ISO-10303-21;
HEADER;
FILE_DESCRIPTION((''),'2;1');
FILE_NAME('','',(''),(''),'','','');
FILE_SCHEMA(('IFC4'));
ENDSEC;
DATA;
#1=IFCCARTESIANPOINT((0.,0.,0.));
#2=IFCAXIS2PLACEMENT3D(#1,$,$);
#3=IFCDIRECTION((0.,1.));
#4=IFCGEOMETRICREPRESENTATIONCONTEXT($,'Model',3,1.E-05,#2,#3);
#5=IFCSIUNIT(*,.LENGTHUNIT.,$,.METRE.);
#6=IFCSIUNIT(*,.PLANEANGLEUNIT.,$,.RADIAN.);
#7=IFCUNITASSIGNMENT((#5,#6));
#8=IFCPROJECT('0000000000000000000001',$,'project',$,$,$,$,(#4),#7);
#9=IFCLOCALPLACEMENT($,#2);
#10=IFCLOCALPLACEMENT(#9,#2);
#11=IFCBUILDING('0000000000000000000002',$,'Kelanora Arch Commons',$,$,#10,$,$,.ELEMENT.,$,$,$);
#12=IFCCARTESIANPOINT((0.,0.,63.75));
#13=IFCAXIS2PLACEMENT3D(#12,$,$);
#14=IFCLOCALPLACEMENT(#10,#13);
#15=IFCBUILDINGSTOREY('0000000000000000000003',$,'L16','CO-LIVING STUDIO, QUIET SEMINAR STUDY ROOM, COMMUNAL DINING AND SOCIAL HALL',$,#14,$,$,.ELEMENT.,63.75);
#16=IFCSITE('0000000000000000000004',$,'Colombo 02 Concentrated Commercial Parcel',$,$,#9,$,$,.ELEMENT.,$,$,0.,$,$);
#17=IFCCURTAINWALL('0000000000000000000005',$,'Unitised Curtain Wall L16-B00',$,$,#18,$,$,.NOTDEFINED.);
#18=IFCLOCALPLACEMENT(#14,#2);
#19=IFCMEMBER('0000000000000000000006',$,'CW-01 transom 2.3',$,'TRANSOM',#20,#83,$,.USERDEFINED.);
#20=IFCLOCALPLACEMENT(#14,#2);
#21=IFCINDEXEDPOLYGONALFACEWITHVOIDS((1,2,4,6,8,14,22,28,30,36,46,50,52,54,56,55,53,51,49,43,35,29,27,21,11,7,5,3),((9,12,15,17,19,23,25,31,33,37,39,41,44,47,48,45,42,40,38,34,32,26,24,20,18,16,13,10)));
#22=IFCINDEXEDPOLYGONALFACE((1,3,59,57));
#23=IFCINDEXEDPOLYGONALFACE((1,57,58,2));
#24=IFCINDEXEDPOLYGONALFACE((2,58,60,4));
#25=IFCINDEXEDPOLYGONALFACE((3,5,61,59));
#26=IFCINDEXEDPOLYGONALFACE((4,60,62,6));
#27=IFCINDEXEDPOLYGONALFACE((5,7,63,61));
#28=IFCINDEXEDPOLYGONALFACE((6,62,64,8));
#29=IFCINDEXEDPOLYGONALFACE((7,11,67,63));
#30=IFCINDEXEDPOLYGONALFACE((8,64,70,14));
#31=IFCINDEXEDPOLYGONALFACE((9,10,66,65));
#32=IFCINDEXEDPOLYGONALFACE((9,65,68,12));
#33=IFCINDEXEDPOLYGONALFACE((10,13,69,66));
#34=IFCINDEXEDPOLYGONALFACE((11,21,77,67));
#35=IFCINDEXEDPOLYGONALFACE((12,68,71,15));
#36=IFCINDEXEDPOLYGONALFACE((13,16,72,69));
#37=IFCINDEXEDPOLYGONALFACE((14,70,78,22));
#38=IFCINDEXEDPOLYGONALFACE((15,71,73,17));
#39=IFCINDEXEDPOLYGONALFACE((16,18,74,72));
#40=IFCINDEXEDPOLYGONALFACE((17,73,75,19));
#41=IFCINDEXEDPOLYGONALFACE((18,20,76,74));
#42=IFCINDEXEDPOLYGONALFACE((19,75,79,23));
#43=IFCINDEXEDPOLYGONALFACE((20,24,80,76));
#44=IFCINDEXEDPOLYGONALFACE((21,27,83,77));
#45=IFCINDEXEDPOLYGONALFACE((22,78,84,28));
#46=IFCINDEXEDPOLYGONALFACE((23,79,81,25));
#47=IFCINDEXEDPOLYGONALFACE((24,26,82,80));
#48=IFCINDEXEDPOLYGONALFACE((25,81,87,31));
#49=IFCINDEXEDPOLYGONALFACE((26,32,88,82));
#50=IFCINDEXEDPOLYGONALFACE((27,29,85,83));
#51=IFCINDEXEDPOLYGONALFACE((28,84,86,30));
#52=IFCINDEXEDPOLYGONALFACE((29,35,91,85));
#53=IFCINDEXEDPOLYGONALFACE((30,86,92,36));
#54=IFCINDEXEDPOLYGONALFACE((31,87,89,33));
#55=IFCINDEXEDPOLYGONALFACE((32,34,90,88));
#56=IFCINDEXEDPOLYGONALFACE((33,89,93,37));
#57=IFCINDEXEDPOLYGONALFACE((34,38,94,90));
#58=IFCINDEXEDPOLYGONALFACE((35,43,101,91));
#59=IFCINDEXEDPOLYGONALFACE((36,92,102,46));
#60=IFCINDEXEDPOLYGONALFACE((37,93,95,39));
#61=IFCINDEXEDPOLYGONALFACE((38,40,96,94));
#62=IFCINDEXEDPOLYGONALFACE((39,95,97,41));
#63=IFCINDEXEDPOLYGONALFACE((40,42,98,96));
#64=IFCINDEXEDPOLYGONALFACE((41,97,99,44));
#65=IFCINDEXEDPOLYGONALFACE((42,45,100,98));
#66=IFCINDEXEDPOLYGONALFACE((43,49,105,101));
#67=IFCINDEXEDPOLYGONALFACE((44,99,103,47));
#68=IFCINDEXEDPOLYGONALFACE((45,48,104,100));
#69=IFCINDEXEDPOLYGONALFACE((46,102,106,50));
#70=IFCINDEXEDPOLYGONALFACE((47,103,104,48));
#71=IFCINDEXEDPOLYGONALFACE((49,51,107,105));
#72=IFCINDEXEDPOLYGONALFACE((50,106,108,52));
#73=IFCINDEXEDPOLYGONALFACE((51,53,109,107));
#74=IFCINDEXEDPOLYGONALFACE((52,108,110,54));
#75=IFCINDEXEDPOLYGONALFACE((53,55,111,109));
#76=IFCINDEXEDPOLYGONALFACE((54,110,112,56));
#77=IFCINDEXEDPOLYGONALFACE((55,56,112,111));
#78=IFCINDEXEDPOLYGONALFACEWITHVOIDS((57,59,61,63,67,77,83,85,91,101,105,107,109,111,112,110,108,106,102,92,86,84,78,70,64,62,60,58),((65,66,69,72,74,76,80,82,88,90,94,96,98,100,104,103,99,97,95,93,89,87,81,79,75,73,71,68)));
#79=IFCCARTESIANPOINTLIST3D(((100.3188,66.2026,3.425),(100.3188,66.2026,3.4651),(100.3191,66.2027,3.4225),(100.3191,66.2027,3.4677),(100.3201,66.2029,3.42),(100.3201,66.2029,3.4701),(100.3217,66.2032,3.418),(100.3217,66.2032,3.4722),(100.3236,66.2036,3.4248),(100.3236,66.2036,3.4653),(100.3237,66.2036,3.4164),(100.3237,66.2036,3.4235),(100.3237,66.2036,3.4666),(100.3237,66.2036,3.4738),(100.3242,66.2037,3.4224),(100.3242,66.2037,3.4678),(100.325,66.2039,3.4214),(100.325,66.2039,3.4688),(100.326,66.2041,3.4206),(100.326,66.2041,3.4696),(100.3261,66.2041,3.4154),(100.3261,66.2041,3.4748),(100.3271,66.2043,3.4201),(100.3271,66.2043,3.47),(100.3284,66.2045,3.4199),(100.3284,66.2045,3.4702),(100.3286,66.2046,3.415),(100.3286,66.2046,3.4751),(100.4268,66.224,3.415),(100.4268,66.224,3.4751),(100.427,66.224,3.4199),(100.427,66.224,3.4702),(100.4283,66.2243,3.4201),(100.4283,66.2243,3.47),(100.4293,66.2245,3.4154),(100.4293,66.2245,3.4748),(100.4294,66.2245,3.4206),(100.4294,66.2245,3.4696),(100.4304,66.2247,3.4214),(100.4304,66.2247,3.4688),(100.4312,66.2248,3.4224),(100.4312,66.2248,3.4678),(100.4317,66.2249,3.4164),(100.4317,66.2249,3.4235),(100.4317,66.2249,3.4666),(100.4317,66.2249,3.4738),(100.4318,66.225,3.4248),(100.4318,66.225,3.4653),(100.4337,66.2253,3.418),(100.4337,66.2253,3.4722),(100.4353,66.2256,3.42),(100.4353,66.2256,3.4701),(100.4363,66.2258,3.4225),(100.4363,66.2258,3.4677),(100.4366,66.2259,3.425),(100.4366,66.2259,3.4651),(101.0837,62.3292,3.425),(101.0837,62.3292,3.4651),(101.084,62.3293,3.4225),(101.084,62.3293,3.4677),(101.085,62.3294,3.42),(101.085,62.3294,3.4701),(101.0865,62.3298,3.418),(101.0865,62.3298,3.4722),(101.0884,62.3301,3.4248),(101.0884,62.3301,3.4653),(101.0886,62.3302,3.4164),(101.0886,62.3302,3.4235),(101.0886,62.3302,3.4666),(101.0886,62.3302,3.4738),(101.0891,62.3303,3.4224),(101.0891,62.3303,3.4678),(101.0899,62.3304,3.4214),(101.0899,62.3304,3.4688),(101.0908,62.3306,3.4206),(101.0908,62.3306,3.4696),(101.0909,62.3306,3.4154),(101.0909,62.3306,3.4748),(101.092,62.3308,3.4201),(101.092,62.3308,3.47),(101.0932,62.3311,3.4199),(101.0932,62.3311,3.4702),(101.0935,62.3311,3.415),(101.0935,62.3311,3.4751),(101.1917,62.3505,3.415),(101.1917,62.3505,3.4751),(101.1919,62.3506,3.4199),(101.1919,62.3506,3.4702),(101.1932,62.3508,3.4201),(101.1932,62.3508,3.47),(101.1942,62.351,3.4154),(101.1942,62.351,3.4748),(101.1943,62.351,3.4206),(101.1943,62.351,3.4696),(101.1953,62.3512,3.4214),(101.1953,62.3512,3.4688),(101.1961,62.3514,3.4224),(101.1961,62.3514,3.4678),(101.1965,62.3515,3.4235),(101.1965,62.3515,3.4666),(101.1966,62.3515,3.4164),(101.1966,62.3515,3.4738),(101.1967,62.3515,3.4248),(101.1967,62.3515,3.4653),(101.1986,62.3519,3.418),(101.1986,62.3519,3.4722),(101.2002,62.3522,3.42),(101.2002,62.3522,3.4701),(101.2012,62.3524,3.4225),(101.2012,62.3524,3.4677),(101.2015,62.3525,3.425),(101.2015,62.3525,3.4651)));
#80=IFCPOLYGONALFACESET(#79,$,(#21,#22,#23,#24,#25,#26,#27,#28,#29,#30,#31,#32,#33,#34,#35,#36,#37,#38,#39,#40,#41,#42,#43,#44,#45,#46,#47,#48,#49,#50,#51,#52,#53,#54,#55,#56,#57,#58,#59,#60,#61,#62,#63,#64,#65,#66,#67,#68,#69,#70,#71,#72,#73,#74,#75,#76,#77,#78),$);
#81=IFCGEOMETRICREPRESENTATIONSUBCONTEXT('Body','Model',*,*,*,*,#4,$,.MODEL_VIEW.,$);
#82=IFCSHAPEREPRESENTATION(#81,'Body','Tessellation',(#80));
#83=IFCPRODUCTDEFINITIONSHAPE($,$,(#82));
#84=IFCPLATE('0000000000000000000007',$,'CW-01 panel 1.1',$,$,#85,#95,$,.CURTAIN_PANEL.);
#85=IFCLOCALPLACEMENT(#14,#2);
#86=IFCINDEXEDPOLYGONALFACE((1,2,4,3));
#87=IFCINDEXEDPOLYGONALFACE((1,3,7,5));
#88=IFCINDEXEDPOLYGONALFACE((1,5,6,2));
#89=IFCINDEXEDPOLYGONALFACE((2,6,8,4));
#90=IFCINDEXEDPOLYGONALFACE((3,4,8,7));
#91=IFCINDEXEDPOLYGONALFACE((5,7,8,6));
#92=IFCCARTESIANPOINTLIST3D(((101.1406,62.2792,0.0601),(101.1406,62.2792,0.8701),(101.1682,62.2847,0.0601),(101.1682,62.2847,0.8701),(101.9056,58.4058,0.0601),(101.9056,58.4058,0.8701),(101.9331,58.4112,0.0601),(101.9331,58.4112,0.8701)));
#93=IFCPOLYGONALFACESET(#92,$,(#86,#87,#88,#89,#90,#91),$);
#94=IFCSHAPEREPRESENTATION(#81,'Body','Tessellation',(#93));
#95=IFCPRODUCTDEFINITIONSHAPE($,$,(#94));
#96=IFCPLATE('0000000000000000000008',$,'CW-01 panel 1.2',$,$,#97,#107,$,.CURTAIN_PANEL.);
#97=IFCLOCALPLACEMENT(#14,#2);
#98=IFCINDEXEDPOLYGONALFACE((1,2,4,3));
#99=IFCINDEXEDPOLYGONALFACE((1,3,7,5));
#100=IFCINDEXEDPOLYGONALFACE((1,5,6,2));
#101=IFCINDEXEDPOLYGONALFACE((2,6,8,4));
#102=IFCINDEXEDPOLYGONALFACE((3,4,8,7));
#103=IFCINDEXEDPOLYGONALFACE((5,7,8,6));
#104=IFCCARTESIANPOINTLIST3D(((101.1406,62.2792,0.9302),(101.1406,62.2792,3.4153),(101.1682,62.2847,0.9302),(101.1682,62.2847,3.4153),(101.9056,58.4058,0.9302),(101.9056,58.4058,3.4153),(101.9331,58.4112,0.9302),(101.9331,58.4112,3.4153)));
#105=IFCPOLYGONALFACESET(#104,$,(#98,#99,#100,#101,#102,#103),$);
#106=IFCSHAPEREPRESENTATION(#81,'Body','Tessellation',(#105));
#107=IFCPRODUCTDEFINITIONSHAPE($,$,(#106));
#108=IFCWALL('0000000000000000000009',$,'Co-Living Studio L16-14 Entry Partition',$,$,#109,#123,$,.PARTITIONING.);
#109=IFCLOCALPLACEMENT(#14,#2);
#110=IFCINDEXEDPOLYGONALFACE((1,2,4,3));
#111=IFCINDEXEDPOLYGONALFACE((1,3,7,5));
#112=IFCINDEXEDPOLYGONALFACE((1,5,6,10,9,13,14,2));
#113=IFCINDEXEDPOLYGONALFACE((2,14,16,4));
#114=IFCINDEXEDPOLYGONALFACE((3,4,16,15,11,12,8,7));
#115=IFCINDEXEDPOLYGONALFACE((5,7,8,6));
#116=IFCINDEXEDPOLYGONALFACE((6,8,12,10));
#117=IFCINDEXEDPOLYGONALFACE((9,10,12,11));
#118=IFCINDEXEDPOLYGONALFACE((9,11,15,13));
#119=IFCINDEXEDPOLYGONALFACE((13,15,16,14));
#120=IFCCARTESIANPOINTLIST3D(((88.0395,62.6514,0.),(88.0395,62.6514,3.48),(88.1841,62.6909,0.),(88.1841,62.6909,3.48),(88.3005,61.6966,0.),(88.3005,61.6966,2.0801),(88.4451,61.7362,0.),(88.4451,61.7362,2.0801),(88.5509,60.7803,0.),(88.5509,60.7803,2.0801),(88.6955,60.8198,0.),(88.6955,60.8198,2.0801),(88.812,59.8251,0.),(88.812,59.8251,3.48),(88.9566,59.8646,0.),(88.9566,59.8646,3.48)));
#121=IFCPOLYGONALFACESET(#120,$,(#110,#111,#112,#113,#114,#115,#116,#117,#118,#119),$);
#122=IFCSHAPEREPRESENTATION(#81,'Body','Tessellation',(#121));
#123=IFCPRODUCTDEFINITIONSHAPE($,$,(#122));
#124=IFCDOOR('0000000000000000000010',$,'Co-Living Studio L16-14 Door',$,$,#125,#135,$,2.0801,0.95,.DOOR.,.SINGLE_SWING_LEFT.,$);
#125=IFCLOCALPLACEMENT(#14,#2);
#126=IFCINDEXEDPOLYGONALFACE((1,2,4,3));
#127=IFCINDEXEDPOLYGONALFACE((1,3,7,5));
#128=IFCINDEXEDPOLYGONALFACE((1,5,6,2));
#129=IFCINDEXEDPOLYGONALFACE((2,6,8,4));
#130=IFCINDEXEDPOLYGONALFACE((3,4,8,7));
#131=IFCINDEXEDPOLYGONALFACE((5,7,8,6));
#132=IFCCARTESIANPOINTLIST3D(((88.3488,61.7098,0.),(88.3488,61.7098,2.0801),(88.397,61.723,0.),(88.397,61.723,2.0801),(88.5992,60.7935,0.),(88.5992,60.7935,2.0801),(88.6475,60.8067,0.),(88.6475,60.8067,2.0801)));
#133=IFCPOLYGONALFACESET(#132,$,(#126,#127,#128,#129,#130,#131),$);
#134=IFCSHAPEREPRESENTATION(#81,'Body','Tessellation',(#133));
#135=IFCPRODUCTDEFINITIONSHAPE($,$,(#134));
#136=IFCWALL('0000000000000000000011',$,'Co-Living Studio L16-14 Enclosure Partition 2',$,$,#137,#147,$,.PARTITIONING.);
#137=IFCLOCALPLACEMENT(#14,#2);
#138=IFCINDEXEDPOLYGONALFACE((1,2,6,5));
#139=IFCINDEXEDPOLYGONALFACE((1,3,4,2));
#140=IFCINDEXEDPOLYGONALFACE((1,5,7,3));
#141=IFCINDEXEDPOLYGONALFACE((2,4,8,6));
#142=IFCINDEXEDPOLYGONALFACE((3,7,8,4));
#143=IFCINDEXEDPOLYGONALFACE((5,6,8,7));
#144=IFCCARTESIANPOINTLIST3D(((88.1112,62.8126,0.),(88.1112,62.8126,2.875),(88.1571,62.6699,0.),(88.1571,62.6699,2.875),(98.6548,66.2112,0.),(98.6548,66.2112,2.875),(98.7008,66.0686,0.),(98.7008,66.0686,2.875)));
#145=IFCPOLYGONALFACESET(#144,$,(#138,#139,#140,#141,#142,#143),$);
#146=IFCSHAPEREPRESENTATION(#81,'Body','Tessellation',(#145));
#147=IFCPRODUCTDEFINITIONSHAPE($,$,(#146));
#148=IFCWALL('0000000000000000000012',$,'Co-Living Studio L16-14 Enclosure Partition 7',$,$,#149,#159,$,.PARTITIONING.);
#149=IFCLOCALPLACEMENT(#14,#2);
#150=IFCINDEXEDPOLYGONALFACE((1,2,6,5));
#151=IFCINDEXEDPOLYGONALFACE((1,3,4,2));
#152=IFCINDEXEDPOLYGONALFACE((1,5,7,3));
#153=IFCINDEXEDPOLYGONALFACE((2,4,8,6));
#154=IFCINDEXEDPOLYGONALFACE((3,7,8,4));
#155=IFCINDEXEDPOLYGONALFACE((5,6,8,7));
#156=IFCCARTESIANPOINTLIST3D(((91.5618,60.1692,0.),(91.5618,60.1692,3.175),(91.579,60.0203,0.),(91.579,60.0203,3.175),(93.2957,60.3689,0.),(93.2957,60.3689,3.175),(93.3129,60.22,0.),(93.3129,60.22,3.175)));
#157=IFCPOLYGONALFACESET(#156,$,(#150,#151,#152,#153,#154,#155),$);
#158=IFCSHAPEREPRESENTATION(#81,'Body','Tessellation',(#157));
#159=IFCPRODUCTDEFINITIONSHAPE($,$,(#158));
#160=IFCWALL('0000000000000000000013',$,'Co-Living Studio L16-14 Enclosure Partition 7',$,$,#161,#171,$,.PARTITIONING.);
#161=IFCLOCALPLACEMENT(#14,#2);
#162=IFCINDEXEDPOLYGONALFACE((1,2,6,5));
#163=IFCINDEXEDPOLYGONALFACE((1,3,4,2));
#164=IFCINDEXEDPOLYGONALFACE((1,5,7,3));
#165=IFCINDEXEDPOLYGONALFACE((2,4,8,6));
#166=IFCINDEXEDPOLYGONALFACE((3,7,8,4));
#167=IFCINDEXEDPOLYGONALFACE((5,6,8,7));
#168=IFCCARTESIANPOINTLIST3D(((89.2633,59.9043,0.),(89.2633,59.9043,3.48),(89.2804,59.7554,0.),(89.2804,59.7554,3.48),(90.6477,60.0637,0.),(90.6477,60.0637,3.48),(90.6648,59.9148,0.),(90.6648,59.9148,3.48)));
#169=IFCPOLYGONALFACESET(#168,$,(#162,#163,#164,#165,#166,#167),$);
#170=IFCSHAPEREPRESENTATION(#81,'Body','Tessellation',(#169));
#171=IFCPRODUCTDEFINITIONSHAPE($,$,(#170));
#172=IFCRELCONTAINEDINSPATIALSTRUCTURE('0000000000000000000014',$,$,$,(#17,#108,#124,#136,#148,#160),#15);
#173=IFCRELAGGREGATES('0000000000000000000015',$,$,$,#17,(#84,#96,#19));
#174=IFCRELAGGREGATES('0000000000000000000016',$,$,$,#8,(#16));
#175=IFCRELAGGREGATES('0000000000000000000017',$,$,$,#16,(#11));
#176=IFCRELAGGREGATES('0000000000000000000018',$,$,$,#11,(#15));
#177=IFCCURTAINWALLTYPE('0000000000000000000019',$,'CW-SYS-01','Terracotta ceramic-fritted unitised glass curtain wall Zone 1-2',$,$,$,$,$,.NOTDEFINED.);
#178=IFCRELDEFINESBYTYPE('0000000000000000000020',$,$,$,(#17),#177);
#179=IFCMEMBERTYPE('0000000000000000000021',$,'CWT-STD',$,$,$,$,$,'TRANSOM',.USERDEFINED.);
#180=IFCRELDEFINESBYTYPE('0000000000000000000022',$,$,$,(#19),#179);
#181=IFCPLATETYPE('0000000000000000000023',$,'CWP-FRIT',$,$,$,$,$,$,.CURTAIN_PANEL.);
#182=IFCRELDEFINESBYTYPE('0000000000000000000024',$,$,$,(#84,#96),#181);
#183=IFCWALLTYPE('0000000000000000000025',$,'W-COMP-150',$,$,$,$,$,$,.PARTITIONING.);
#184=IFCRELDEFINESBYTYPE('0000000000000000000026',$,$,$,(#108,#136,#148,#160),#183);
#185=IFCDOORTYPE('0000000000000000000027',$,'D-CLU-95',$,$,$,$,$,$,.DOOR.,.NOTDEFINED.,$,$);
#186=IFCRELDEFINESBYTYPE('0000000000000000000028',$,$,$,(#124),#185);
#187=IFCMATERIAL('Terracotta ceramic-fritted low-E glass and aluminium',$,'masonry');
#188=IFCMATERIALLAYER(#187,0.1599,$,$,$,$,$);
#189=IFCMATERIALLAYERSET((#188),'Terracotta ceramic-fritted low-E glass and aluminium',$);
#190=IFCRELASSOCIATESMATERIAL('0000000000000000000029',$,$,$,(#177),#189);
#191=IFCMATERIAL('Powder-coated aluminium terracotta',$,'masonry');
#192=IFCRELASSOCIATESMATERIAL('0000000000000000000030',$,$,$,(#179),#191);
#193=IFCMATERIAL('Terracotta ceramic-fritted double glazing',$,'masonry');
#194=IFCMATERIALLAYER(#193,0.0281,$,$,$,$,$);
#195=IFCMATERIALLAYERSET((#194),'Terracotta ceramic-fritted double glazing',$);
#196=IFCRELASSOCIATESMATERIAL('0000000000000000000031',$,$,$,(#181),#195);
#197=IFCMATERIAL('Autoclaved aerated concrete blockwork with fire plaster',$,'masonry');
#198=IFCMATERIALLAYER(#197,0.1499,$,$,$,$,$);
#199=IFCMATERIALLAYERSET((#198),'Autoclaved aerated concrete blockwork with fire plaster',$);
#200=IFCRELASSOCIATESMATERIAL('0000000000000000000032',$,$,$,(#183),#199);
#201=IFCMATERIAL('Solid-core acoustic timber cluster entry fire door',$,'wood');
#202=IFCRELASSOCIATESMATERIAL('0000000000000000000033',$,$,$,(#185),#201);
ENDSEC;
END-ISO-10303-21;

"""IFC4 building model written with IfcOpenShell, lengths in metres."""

from ifc_helpers import new_model, si_unit, direction, frame, frame_2d, origin, origin_2d, place, context, subcontext, project, spatial, rectangle, hollow_rectangle, extrude, source, transform, mapped, material, layer, layer_set, material_profile, profile_set, type_object, element, fill, aggregate, save


model = new_model("IFC4")

# Units and contexts
model_context = context("Model", 3, precision=1e-05, world=origin(), true_north=direction((0.0, 1.0)))
body_context = subcontext(model_context, "Body", "Model", "MODEL_VIEW")
ifc_project = project(units=[si_unit("LENGTHUNIT", "METRE"), si_unit("PLANEANGLEUNIT", "RADIAN")], contexts=[model_context])

# Site, building, storey
site_placement = place(None, origin())
site = spatial("IfcSite", under=ifc_project, at=site_placement, Name="Colombo 02 Concentrated Commercial Parcel", CompositionType="ELEMENT", RefElevation=0.0)
building_placement = place(site_placement, origin())
building = spatial("IfcBuilding", under=site, at=building_placement, Name="Kelanora Arch Commons", CompositionType="ELEMENT")
storey_placement = place(building_placement, frame((0.0, 0.0, 63.75)))
storey = spatial("IfcBuildingStorey", under=building, at=storey_placement, Name="L16", Description="CO-LIVING STUDIO, QUIET SEMINAR STUDY ROOM, COMMUNAL DINING AND SOCIAL HALL", CompositionType="ELEMENT", Elevation=63.75)

# Curtain wall, member, plates
ifc_material_1 = material(Name="Terracotta ceramic-fritted low-E glass and aluminium", Category="masonry")
ifc_layer_1 = layer(ifc_material_1, 0.1599)
ifc_layer_set_1 = layer_set([ifc_layer_1], Name="Terracotta ceramic-fritted low-E glass and aluminium")
curtain_wall_type = type_object("IfcCurtainWallType", Name="CW-SYS-01", Description="Terracotta ceramic-fritted unitised glass curtain wall Zone 1-2", PredefinedType="NOTDEFINED", material=ifc_layer_set_1)
curtain_wall_placement = place(storey_placement, origin())
curtain_wall = element("IfcCurtainWall", 1, at=curtain_wall_placement, inside=storey, type_object=curtain_wall_type, Name="Unitised Curtain Wall L16-B00", PredefinedType="NOTDEFINED")
ifc_material_2 = material(Name="Powder-coated aluminium terracotta", Category="masonry")
ifc_material_profile_1 = material_profile(ifc_material_2, hollow_rectangle(XDim=0.1201, YDim=0.0601, WallThickness=0.0049, InnerFilletRadius=0.0049, OuterFilletRadius=0.01, at=origin_2d()), Name="CWT120x60")
ifc_profile_set_1 = profile_set([ifc_material_profile_1], Name="Powder-coated aluminium terracotta")
member_type_1 = type_object("IfcMemberType", Name="CWT-STD", ElementType="TRANSOM", PredefinedType="USERDEFINED", material=ifc_profile_set_1)
member_1_placement = place(storey_placement, frame((101.1426, 62.3408, 3.4451), z_axis=(-0.193725, 0.981056, 0.0), x_axis=(-0.981056, -0.193725, 0.0)))
member_1 = element("IfcMember", 2, at=member_1_placement, type_object=member_type_1, Name="CW-01 transom 2.3", ObjectType="TRANSOM", PredefinedType="USERDEFINED", context=body_context, shape_type="SweptSolid", body=[
    extrude(hollow_rectangle(XDim=0.1201, YDim=0.0601, WallThickness=0.0049, InnerFilletRadius=0.0049, OuterFilletRadius=0.01, at=origin_2d()), origin(), (0.0, 0.0, 1.0), 3.9482),
])
ifc_material_3 = material(Name="Terracotta ceramic-fritted double glazing", Category="masonry")
ifc_layer_2 = layer(ifc_material_3, 0.0281)
ifc_layer_set_2 = layer_set([ifc_layer_2], Name="Terracotta ceramic-fritted double glazing")
plate_type = type_object("IfcPlateType", Name="CWP-FRIT", PredefinedType="CURTAIN_PANEL", material=ifc_layer_set_2)
shared_shape_1 = source(origin(), body_context, "Body", "SweptSolid", [
    extrude(rectangle(XDim=3.9482, YDim=0.0281, at=origin_2d()), origin(), (0.0, 0.0, 1.0), 0.8101),
])
plate_1_placement = place(storey_placement, frame((101.5369, 60.3452, 0.0601), z_axis=(0.0, 0.0, 1.0), x_axis=(-0.193744, 0.981052, 0.0)))
plate_1 = element("IfcPlate", 3, at=plate_1_placement, type_object=plate_type, Name="CW-01 panel 1.1", PredefinedType="CURTAIN_PANEL", context=body_context, shape_type="MappedRepresentation", body=[
    mapped(shared_shape_1, transform((0.0, 0.0, 0.0), scale=1.0)),
])
shared_shape_2 = source(origin(), body_context, "Body", "SweptSolid", [
    extrude(rectangle(XDim=3.9482, YDim=0.0281, at=origin_2d()), origin(), (0.0, 0.0, 1.0), 2.4851),
])
plate_2_placement = place(storey_placement, frame((101.5369, 60.3452, 0.9302), z_axis=(0.0, 0.0, 1.0), x_axis=(-0.193744, 0.981052, 0.0)))
plate_2 = element("IfcPlate", 4, at=plate_2_placement, type_object=plate_type, Name="CW-01 panel 1.2", PredefinedType="CURTAIN_PANEL", context=body_context, shape_type="MappedRepresentation", body=[
    mapped(shared_shape_2, transform((0.0, 0.0, 0.0), scale=1.0)),
])
aggregate(curtain_wall, [plate_1, plate_2, member_1])

# Wall, opening, door
ifc_material_4 = material(Name="Autoclaved aerated concrete blockwork with fire plaster", Category="masonry")
ifc_layer_3 = layer(ifc_material_4, 0.1499)
ifc_layer_set_3 = layer_set([ifc_layer_3], Name="Autoclaved aerated concrete blockwork with fire plaster")
wall_type_1 = type_object("IfcWallType", Name="W-COMP-150", PredefinedType="PARTITIONING", material=ifc_layer_set_3)
wall_1_placement = place(storey_placement, frame((88.8843, 59.845, 0.0), z_axis=(0.0, 0.0, 1.0), x_axis=(-0.263653, 0.964618, 0.0)))
wall_1 = element("IfcWall", 5, at=wall_1_placement, inside=storey, type_object=wall_type_1, Name="Co-Living Studio L16-14 Entry Partition", PredefinedType="PARTITIONING", context=body_context, shape_type="SweptSolid", body=[
    extrude(rectangle(XDim=2.9299, YDim=0.1499, at=frame_2d((1.4648, 0.0))), origin(), (0.0, 0.0, 1.0), 3.48),
])
opening_1_placement = place(wall_1_placement, frame((0.99, 0.0, 0.0)))
opening_1 = element("IfcOpeningElement", 6, at=opening_1_placement, cuts=wall_1, PredefinedType="OPENING", context=body_context, shape_type="SweptSolid", body=[
    extrude(rectangle(XDim=0.95, YDim=2.0801, at=frame_2d((0.4751, 1.04))), frame((0.0, 0.085, 0.0), z_axis=(0.0, -1.0, 0.0), x_axis=(1.0, 0.0, 0.0)), (0.0, 0.0, 1.0), 0.1699),
])
ifc_material_5 = material(Name="Solid-core acoustic timber cluster entry fire door", Category="wood")
door_type_1 = type_object("IfcDoorType", Name="D-CLU-95", OperationType="NOTDEFINED", PredefinedType="DOOR", material=ifc_material_5)
door_1_placement = place(opening_1_placement, origin())
door_1 = element("IfcDoor", 7, at=door_1_placement, inside=storey, type_object=door_type_1, Name="Co-Living Studio L16-14 Door", OperationType="SINGLE_SWING_LEFT", OverallHeight=2.0801, OverallWidth=0.95, PredefinedType="DOOR", context=body_context, shape_type="SweptSolid", body=[
    extrude(rectangle(XDim=0.95, YDim=2.0801, at=frame_2d((0.4751, 1.04))), frame((0.0, 0.0249, 0.0), z_axis=(0.0, -1.0, 0.0), x_axis=(1.0, 0.0, 0.0)), (0.0, 0.0, 1.0), 0.05),
])
fill(opening_1, door_1)

# Walls
wall_2_placement = place(storey_placement, frame((88.134, 62.7412, 0.0), z_axis=(0.0, 0.0, 1.0), x_axis=(0.951775, 0.306797, 0.0)))
element("IfcWall", 8, at=wall_2_placement, inside=storey, type_object=wall_type_1, Name="Co-Living Studio L16-14 Enclosure Partition 2", PredefinedType="PARTITIONING", context=body_context, shape_type="SweptSolid", body=[
    extrude(rectangle(XDim=11.0779, YDim=0.1499, at=frame_2d((5.5391, 0.0))), origin(), (0.0, 0.0, 1.0), 2.875),
])
wall_3_placement = place(storey_placement, frame((93.3042, 60.2944, 0.0), z_axis=(0.0, 0.0, 1.0), x_axis=(-0.993432, -0.114422, 0.0)))
element("IfcWall", 9, at=wall_3_placement, inside=storey, type_object=wall_type_1, Name="Co-Living Studio L16-14 Enclosure Partition 7", PredefinedType="PARTITIONING", context=body_context, shape_type="SweptSolid", body=[
    extrude(rectangle(XDim=1.7454, YDim=0.1499, at=frame_2d((0.8726, 0.0))), origin(), (0.0, 0.0, 1.0), 3.175),
])
wall_4_placement = place(storey_placement, frame((90.6562, 59.9893, 0.0), z_axis=(0.0, 0.0, 1.0), x_axis=(-0.993436, -0.114391, 0.0)))
element("IfcWall", 10, at=wall_4_placement, inside=storey, type_object=wall_type_1, Name="Co-Living Studio L16-14 Enclosure Partition 7", PredefinedType="PARTITIONING", context=body_context, shape_type="SweptSolid", body=[
    extrude(rectangle(XDim=1.3936, YDim=0.1499, at=frame_2d((0.6968, 0.0))), origin(), (0.0, 0.0, 1.0), 3.48),
])

save(model, "model.ifc")
